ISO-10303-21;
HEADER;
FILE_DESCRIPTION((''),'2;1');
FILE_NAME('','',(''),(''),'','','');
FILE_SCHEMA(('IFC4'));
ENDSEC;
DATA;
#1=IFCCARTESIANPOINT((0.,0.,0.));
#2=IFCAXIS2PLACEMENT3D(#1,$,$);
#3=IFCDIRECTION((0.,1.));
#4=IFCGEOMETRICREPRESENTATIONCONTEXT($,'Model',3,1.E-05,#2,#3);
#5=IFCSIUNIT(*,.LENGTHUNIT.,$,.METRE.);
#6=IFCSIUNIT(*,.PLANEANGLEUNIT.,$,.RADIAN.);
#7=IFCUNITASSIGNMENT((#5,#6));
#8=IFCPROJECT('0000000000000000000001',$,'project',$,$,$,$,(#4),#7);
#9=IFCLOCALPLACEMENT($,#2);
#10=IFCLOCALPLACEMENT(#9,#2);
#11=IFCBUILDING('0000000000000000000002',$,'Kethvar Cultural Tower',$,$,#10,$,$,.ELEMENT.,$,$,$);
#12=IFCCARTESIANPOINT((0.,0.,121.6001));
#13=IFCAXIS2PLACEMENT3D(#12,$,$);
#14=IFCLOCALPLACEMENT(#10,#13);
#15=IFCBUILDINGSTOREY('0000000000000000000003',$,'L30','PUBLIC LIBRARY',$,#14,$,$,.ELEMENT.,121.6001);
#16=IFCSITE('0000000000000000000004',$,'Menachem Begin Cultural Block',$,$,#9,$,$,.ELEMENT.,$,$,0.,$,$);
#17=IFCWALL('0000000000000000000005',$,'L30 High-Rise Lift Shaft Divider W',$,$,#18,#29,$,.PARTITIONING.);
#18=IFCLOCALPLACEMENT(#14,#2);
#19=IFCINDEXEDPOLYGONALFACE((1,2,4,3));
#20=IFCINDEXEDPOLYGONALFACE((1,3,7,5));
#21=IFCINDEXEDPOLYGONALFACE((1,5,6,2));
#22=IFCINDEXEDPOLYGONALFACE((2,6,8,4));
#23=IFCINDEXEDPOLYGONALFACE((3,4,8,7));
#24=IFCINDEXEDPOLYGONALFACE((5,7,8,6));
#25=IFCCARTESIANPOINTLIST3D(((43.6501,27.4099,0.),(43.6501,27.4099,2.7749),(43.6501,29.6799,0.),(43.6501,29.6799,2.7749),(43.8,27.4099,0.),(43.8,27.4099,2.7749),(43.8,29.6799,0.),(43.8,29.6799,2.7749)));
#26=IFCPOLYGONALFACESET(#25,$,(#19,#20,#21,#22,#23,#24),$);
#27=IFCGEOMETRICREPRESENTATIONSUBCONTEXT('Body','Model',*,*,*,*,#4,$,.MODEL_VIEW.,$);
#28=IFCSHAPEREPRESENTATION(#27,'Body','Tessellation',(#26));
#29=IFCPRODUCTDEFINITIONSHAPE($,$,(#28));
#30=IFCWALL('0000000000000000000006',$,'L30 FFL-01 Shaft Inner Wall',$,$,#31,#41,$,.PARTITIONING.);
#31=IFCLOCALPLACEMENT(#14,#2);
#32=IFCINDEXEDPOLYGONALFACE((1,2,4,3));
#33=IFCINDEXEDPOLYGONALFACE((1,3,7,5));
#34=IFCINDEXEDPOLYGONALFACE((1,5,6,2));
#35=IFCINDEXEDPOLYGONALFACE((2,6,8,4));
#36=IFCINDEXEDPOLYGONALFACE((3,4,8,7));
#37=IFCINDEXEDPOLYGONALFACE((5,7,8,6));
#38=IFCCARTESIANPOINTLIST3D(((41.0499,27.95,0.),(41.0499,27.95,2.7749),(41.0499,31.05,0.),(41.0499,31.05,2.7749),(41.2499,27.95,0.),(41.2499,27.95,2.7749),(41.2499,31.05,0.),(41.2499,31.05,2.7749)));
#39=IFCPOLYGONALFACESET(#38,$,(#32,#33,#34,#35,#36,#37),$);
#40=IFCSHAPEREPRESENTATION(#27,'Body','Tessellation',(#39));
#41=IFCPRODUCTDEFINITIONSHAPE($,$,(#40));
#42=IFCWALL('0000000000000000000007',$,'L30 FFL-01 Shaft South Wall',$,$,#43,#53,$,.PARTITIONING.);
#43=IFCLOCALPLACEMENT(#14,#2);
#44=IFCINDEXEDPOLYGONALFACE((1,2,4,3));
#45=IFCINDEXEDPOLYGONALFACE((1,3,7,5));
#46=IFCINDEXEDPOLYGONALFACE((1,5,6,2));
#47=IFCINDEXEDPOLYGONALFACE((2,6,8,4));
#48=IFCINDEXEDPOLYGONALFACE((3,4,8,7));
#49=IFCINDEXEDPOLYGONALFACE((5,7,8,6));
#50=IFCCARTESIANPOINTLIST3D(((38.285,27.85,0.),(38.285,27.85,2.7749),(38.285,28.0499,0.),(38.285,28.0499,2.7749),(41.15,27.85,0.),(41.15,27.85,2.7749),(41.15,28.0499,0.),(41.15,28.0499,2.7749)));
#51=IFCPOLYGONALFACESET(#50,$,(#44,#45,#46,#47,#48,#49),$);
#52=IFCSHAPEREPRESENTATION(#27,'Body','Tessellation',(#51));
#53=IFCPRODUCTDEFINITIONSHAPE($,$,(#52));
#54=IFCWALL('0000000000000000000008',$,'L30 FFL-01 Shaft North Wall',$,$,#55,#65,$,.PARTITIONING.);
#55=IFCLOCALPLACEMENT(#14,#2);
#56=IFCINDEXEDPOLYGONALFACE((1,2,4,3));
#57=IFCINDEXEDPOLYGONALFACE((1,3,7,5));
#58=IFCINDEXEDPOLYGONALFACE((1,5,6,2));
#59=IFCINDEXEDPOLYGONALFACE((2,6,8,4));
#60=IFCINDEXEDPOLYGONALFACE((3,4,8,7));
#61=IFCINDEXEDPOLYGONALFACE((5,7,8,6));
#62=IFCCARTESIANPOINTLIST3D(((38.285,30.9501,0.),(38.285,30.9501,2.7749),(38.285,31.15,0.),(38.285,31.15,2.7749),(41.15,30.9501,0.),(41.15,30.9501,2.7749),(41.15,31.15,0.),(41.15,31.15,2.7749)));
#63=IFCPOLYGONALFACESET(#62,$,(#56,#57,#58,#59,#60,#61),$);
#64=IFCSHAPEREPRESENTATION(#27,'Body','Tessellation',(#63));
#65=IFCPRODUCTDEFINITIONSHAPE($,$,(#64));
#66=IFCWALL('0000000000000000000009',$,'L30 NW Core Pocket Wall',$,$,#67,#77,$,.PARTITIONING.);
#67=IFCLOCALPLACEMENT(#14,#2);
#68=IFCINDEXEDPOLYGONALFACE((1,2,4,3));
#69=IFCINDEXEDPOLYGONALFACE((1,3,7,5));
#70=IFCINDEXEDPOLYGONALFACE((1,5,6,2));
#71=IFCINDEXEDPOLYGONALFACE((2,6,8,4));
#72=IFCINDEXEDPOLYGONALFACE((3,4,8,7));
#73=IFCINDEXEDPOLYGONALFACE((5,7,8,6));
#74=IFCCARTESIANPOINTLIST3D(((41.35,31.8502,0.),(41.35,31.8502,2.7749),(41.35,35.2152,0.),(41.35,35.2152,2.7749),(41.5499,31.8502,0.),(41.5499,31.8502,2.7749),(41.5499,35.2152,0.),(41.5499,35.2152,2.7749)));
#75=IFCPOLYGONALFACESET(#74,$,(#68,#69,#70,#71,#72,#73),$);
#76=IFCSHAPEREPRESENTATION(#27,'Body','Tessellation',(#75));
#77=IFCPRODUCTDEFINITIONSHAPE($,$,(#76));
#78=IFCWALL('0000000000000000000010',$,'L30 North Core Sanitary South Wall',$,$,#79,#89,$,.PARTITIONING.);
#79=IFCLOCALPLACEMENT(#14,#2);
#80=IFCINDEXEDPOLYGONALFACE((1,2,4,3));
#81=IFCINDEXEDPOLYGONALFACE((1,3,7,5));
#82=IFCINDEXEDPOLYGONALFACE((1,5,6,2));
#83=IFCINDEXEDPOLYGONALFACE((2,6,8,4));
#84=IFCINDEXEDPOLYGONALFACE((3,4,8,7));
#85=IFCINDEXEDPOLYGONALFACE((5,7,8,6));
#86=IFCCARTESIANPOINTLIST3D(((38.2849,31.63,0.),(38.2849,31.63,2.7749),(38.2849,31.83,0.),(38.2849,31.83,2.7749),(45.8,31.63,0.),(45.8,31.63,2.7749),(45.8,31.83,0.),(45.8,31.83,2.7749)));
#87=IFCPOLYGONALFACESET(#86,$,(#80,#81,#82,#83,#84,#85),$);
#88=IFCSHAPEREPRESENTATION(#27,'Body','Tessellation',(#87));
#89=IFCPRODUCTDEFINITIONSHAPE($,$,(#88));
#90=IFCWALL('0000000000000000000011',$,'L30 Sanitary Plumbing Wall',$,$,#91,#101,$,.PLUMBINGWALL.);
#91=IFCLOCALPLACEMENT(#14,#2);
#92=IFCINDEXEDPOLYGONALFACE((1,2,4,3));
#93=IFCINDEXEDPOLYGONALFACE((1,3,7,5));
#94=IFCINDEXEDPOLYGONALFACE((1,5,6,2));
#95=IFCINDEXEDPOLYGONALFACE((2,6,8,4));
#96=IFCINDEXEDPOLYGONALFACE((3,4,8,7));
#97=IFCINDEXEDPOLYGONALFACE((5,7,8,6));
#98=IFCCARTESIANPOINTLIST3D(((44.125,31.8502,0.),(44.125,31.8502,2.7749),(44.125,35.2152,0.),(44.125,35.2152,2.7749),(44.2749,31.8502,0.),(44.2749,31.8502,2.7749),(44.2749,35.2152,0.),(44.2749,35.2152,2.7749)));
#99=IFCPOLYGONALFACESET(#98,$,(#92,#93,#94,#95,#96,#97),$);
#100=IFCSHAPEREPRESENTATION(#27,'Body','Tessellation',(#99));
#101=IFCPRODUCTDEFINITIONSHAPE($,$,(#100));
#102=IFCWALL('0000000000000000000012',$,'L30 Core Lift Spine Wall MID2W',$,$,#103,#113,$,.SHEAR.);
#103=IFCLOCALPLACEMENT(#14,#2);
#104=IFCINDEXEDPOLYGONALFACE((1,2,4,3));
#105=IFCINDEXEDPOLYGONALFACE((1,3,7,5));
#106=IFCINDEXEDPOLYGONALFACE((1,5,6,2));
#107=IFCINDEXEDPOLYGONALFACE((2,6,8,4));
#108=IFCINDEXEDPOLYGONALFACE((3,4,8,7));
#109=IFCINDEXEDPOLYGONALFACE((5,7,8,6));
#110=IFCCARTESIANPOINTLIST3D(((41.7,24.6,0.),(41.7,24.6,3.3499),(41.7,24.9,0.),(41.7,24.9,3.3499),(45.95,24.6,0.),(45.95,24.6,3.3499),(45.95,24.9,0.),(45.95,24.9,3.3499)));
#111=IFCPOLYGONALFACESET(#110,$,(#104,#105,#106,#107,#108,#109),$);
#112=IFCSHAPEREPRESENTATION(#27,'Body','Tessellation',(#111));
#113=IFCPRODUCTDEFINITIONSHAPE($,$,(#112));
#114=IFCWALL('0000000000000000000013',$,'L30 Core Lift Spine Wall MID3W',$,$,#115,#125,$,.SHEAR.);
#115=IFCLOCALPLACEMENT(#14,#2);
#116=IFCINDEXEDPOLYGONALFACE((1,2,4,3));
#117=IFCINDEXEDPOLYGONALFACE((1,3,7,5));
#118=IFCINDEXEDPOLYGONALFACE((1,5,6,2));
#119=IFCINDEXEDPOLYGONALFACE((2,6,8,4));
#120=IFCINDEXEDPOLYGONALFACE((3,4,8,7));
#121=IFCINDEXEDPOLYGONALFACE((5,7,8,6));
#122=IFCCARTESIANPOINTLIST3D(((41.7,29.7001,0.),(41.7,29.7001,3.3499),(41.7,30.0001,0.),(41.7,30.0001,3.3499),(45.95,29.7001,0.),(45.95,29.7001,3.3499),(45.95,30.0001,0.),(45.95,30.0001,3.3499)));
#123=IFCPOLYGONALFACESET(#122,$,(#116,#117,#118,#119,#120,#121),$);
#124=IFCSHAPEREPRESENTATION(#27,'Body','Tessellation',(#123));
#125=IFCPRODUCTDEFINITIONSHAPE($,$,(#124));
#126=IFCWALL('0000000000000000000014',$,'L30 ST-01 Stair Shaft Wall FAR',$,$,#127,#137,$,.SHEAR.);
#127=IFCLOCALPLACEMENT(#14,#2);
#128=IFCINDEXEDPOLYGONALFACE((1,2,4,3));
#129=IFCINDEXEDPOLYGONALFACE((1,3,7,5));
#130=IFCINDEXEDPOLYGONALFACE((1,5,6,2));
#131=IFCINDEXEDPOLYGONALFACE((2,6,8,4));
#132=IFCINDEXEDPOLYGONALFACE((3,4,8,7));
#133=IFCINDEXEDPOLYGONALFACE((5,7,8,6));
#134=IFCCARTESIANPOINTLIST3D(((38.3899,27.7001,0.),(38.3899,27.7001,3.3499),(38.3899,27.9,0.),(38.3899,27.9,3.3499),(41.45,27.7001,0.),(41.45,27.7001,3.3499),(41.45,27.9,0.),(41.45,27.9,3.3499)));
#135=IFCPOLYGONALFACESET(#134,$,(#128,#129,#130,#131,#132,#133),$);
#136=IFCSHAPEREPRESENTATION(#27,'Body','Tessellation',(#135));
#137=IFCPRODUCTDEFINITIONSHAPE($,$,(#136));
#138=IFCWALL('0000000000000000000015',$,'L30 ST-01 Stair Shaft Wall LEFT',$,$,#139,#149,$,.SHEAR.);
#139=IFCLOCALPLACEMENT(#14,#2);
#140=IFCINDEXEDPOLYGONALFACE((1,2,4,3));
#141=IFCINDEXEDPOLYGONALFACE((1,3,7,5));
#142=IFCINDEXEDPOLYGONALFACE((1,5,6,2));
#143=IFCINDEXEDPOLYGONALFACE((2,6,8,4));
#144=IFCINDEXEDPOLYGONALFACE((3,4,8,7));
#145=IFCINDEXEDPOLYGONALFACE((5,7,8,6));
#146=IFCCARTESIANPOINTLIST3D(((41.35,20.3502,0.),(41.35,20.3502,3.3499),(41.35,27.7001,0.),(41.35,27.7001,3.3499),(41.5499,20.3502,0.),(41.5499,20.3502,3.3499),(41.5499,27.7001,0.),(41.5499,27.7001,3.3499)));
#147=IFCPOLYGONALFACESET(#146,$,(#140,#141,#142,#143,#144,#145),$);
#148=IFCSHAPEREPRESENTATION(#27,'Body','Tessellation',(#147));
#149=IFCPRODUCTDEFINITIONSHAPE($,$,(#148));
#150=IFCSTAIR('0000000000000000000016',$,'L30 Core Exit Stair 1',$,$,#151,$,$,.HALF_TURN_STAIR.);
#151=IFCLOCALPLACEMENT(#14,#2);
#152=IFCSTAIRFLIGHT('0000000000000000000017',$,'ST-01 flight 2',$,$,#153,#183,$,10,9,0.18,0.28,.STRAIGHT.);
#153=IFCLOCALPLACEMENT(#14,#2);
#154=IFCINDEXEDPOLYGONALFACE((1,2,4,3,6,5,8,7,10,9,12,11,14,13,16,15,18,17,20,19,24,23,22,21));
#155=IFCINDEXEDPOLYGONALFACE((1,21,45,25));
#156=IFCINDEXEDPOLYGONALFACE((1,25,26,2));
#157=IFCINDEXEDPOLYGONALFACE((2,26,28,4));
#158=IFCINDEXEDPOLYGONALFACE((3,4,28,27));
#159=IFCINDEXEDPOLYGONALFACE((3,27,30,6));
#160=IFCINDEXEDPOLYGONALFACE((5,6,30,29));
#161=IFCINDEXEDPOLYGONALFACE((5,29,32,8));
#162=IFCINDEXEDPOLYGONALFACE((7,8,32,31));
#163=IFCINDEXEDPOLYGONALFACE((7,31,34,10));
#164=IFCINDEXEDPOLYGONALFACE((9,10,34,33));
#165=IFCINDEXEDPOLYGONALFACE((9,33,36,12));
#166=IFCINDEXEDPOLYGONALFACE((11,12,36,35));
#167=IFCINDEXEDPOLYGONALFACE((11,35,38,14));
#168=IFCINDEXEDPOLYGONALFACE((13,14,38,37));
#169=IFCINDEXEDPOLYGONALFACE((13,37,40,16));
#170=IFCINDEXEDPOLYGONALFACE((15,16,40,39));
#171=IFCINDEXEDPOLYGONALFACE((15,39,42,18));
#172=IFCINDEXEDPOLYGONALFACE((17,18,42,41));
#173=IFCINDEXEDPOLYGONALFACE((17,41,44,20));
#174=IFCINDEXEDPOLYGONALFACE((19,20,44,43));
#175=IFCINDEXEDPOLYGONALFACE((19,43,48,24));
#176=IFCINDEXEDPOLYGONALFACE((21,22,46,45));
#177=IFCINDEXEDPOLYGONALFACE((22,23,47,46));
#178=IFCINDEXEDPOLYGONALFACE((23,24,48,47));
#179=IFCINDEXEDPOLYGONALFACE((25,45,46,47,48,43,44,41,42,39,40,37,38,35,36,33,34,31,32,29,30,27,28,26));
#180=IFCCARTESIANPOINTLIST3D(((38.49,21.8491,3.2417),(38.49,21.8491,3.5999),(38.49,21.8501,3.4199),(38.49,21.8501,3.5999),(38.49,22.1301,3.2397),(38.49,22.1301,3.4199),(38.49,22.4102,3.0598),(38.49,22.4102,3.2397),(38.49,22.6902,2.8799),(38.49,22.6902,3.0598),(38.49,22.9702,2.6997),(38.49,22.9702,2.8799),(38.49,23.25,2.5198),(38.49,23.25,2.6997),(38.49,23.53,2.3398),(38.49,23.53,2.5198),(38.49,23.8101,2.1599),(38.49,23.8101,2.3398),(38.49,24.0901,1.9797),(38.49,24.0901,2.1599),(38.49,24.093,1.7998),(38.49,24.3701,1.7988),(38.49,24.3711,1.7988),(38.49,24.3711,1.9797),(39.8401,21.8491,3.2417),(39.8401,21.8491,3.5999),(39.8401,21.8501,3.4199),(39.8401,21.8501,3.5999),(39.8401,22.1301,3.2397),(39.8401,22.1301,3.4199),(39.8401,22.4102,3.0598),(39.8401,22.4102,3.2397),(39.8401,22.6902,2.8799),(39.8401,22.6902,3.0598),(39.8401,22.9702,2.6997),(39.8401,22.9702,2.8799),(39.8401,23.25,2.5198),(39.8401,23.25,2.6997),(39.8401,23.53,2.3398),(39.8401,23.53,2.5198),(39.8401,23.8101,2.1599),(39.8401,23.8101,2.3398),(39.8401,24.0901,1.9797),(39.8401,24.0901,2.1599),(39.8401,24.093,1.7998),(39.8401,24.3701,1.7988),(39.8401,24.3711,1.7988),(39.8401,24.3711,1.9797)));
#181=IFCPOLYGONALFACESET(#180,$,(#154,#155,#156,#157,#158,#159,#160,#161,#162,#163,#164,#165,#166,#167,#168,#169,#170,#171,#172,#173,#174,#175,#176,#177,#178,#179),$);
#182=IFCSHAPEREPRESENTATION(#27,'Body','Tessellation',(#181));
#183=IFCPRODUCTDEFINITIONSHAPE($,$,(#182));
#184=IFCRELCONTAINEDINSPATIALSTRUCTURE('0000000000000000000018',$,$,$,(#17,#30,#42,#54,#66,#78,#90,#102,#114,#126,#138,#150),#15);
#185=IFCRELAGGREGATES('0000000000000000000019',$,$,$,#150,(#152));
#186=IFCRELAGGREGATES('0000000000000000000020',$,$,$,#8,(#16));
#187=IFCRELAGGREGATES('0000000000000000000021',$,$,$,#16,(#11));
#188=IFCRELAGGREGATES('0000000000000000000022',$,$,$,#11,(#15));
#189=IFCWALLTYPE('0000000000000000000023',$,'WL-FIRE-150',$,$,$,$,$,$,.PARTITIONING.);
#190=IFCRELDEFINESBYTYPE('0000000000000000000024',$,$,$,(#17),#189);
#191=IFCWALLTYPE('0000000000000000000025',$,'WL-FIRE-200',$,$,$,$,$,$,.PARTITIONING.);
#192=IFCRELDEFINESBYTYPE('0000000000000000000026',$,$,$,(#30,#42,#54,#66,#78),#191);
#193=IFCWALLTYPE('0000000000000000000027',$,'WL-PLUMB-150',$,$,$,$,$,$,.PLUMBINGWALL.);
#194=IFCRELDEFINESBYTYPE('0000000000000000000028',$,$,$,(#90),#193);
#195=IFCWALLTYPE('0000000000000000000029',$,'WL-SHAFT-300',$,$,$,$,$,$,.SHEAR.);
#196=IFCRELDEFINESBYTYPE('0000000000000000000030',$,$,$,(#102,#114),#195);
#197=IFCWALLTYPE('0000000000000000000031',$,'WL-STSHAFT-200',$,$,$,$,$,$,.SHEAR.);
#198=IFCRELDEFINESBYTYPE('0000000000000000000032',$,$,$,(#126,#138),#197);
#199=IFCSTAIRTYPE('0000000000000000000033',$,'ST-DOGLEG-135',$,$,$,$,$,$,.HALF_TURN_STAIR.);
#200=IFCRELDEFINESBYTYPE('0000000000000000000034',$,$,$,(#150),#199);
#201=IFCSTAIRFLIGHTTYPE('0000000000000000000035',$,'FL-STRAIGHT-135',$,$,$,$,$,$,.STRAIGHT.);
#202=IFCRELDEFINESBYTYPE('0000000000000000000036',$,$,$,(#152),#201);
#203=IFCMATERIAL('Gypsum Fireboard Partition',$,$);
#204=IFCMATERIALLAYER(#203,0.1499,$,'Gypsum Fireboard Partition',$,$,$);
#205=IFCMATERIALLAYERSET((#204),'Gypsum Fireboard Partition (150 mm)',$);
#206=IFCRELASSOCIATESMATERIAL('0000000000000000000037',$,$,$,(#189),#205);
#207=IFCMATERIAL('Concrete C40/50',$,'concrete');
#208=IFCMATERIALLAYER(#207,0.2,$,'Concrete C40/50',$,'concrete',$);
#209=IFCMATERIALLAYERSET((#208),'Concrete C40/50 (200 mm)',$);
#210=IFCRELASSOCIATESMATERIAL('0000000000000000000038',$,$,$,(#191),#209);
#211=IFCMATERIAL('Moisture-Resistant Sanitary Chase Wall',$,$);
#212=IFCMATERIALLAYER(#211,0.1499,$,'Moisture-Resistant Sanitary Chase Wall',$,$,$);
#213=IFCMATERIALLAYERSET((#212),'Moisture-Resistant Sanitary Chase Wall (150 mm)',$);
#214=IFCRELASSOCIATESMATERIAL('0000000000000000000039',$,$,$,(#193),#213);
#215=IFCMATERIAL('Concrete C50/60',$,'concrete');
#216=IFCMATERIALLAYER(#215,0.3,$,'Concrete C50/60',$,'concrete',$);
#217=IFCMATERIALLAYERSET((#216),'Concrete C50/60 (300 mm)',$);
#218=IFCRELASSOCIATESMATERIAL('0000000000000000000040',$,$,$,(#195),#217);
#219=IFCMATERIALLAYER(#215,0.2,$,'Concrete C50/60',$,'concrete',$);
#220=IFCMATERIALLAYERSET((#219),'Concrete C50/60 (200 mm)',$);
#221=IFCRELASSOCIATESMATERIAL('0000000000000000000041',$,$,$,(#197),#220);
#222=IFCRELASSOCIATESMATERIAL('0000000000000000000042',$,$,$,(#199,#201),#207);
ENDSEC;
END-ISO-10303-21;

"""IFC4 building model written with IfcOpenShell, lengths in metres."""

from ifc_helpers import new_model, si_unit, direction, frame, frame_2d, origin, place, context, subcontext, project, spatial, polyline, rectangle, outline, extrude, material, layer, layer_set, type_object, element, aggregate, save


model = new_model("IFC4")

# Units and contexts
model_context = context("Model", 3, precision=1e-05, world=origin(), true_north=direction((0.0, 1.0)))
body_context = subcontext(model_context, "Body", "Model", "MODEL_VIEW")
ifc_project = project(units=[si_unit("LENGTHUNIT", "METRE"), si_unit("PLANEANGLEUNIT", "RADIAN")], contexts=[model_context])

# Site, building, storey
site_placement = place(None, origin())
site = spatial("IfcSite", under=ifc_project, at=site_placement, Name="Menachem Begin Cultural Block", CompositionType="ELEMENT", RefElevation=0.0)
building_placement = place(site_placement, origin())
building = spatial("IfcBuilding", under=site, at=building_placement, Name="Kethvar Cultural Tower", CompositionType="ELEMENT")
storey_placement = place(building_placement, frame((0.0, 0.0, 121.6001)))
storey = spatial("IfcBuildingStorey", under=building, at=storey_placement, Name="L30", Description="PUBLIC LIBRARY", CompositionType="ELEMENT", Elevation=121.6001)

# Walls
ifc_material_1 = material(Name="Gypsum Fireboard Partition")
ifc_layer_1 = layer(ifc_material_1, 0.1499, Name="Gypsum Fireboard Partition")
ifc_layer_set_1 = layer_set([ifc_layer_1], Name="Gypsum Fireboard Partition (150 mm)")
wall_type_1 = type_object("IfcWallType", Name="WL-FIRE-150", PredefinedType="PARTITIONING", material=ifc_layer_set_1)
for number, where, z_axis, x_axis, name in (
    (1, (43.7251, 27.4099, 0.0), (0.0, 0.0, 1.0), (0.0, 1.0, 0.0), "L30 High-Rise Lift Shaft Divider W"),
):
    element("IfcWall", number, at=place(storey_placement, frame(where, z_axis=z_axis, x_axis=x_axis)), inside=storey, type_object=wall_type_1, Name=name, PredefinedType="PARTITIONING", context=body_context, shape_type="SweptSolid", body=[
        extrude(rectangle(XDim=2.27, YDim=0.1499, at=frame_2d((1.135, 0.0))), origin(), (0.0, 0.0, 1.0), 2.7749),
    ])
ifc_material_2 = material(Name="Concrete C40/50", Category="concrete")
ifc_layer_2 = layer(ifc_material_2, 0.2, Name="Concrete C40/50", Category="concrete")
ifc_layer_set_2 = layer_set([ifc_layer_2], Name="Concrete C40/50 (200 mm)")
wall_type_2 = type_object("IfcWallType", Name="WL-FIRE-200", PredefinedType="PARTITIONING", material=ifc_layer_set_2)
wall_1_placement = place(storey_placement, frame((41.1499, 27.95, 0.0), z_axis=(0.0, 0.0, 1.0), x_axis=(0.0, 1.0, 0.0)))
element("IfcWall", 2, at=wall_1_placement, inside=storey, type_object=wall_type_2, Name="L30 FFL-01 Shaft Inner Wall", PredefinedType="PARTITIONING", context=body_context, shape_type="SweptSolid", body=[
    extrude(rectangle(XDim=3.1001, YDim=0.2, at=frame_2d((1.55, 0.0))), origin(), (0.0, 0.0, 1.0), 2.7749),
])
for number, where, z_axis, x_axis, name in (
    (3, (38.2849, 27.95, 0.0), (0.0, 0.0, 1.0), (1.0, 0.0, 0.0), "L30 FFL-01 Shaft South Wall"),
    (4, (38.2849, 31.05, 0.0), (0.0, 0.0, 1.0), (1.0, 0.0, 0.0), "L30 FFL-01 Shaft North Wall"),
):
    element("IfcWall", number, at=place(storey_placement, frame(where, z_axis=z_axis, x_axis=x_axis)), inside=storey, type_object=wall_type_2, Name=name, PredefinedType="PARTITIONING", context=body_context, shape_type="SweptSolid", body=[
        extrude(rectangle(XDim=2.865, YDim=0.2, at=frame_2d((1.4326, 0.0))), origin(), (0.0, 0.0, 1.0), 2.7749),
    ])
wall_2_placement = place(storey_placement, frame((41.45, 31.8501, 0.0), z_axis=(0.0, 0.0, 1.0), x_axis=(0.0, 1.0, 0.0)))
element("IfcWall", 5, at=wall_2_placement, inside=storey, type_object=wall_type_2, Name="L30 NW Core Pocket Wall", PredefinedType="PARTITIONING", context=body_context, shape_type="SweptSolid", body=[
    extrude(rectangle(XDim=3.365, YDim=0.2, at=frame_2d((1.6826, 0.0))), origin(), (0.0, 0.0, 1.0), 2.7749),
])
wall_3_placement = place(storey_placement, frame((38.2849, 31.73, 0.0), z_axis=(0.0, 0.0, 1.0), x_axis=(1.0, 0.0, 0.0)))
element("IfcWall", 6, at=wall_3_placement, inside=storey, type_object=wall_type_2, Name="L30 North Core Sanitary South Wall", PredefinedType="PARTITIONING", context=body_context, shape_type="SweptSolid", body=[
    extrude(rectangle(XDim=7.5151, YDim=0.2, at=frame_2d((3.7576, 0.0))), origin(), (0.0, 0.0, 1.0), 2.7749),
])
ifc_material_3 = material(Name="Moisture-Resistant Sanitary Chase Wall")
ifc_layer_3 = layer(ifc_material_3, 0.1499, Name="Moisture-Resistant Sanitary Chase Wall")
ifc_layer_set_3 = layer_set([ifc_layer_3], Name="Moisture-Resistant Sanitary Chase Wall (150 mm)")
wall_type_3 = type_object("IfcWallType", Name="WL-PLUMB-150", PredefinedType="PLUMBINGWALL", material=ifc_layer_set_3)
wall_4_placement = place(storey_placement, frame((44.2, 31.8501, 0.0), z_axis=(0.0, 0.0, 1.0), x_axis=(0.0, 1.0, 0.0)))
element("IfcWall", 7, at=wall_4_placement, inside=storey, type_object=wall_type_3, Name="L30 Sanitary Plumbing Wall", PredefinedType="PLUMBINGWALL", context=body_context, shape_type="SweptSolid", body=[
    extrude(rectangle(XDim=3.365, YDim=0.1499, at=frame_2d((1.6826, 0.0))), origin(), (0.0, 0.0, 1.0), 2.7749),
])
ifc_material_4 = material(Name="Concrete C50/60", Category="concrete")
ifc_layer_4 = layer(ifc_material_4, 0.3, Name="Concrete C50/60", Category="concrete")
ifc_layer_set_4 = layer_set([ifc_layer_4], Name="Concrete C50/60 (300 mm)")
wall_type_4 = type_object("IfcWallType", Name="WL-SHAFT-300", PredefinedType="SHEAR", material=ifc_layer_set_4)
for number, where, z_axis, x_axis, name in (
    (8, (41.7, 24.75, 0.0), (0.0, 0.0, 1.0), (1.0, 0.0, 0.0), "L30 Core Lift Spine Wall MID2W"),
    (9, (41.7, 29.8501, 0.0), (0.0, 0.0, 1.0), (1.0, 0.0, 0.0), "L30 Core Lift Spine Wall MID3W"),
):
    element("IfcWall", number, at=place(storey_placement, frame(where, z_axis=z_axis, x_axis=x_axis)), inside=storey, type_object=wall_type_4, Name=name, PredefinedType="SHEAR", context=body_context, shape_type="SweptSolid", body=[
        extrude(rectangle(XDim=4.25, YDim=0.3, at=frame_2d((2.125, 0.0))), origin(), (0.0, 0.0, 1.0), 3.3499),
    ])
ifc_layer_5 = layer(ifc_material_4, 0.2, Name="Concrete C50/60", Category="concrete")
ifc_layer_set_5 = layer_set([ifc_layer_5], Name="Concrete C50/60 (200 mm)")
wall_type_5 = type_object("IfcWallType", Name="WL-STSHAFT-200", PredefinedType="SHEAR", material=ifc_layer_set_5)
wall_5_placement = place(storey_placement, frame((38.3899, 27.8, 0.0), z_axis=(0.0, 0.0, 1.0), x_axis=(1.0, 0.0, 0.0)))
element("IfcWall", 10, at=wall_5_placement, inside=storey, type_object=wall_type_5, Name="L30 ST-01 Stair Shaft Wall FAR", PredefinedType="SHEAR", context=body_context, shape_type="SweptSolid", body=[
    extrude(rectangle(XDim=3.0601, YDim=0.2, at=frame_2d((1.53, 0.0))), origin(), (0.0, 0.0, 1.0), 3.3499),
])
wall_6_placement = place(storey_placement, frame((41.45, 27.7, 0.0), z_axis=(0.0, 0.0, 1.0), x_axis=(0.0, -1.0, 0.0)))
element("IfcWall", 11, at=wall_6_placement, inside=storey, type_object=wall_type_5, Name="L30 ST-01 Stair Shaft Wall LEFT", PredefinedType="SHEAR", context=body_context, shape_type="SweptSolid", body=[
    extrude(rectangle(XDim=7.3499, YDim=0.2, at=frame_2d((3.6748, 0.0))), origin(), (0.0, 0.0, 1.0), 3.3499),
])

# Stair, stair flight
stair_type = type_object("IfcStairType", Name="ST-DOGLEG-135", PredefinedType="HALF_TURN_STAIR", material=ifc_material_2)
stair_placement = place(storey_placement, origin())
stair = element("IfcStair", 12, at=stair_placement, inside=storey, type_object=stair_type, Name="L30 Core Exit Stair 1", PredefinedType="HALF_TURN_STAIR")
stair_flight_type = type_object("IfcStairFlightType", Name="FL-STRAIGHT-135", PredefinedType="STRAIGHT", material=ifc_material_2)
stair_flight_placement = place(storey_placement, frame((39.165, 24.3701, 1.7998), z_axis=(0.0, 0.0, 1.0), x_axis=(0.0, -1.0, 0.0)))
stair_flight = element("IfcStairFlight", 13, at=stair_flight_placement, type_object=stair_flight_type, Name="ST-01 flight 2", NumberOfRisers=10, NumberOfTreads=9, PredefinedType="STRAIGHT", RiserHeight=0.18, TreadLength=0.28, context=body_context, shape_type="SweptSolid", body=[
    extrude(outline(polyline([(-0.001, -0.001), (-0.001, 0.1799), (0.28, 0.1799), (0.28, 0.3601), (0.5601, 0.3601), (0.5601, 0.54), (0.8401, 0.54), (0.8401, 0.72), (1.1201, 0.72), (1.1201, 0.8999), (1.3999, 0.8999), (1.3999, 1.0801), (1.6799, 1.0801), (1.6799, 1.26), (1.96, 1.26), (1.96, 1.4399), (2.24, 1.4399), (2.24, 1.6201), (2.52, 1.6201), (2.52, 1.8), (2.521, 1.8), (2.521, 1.4419), (0.2771, 0.0), (0.0, -0.001), (-0.001, -0.001)])), frame((0.0, 0.675, 0.0), z_axis=(0.0, -1.0, 0.0), x_axis=(1.0, 0.0, 0.0)), (0.0, 0.0, 1.0), 1.3501),
])
aggregate(stair, [stair_flight])

save(model, "model.ifc")
